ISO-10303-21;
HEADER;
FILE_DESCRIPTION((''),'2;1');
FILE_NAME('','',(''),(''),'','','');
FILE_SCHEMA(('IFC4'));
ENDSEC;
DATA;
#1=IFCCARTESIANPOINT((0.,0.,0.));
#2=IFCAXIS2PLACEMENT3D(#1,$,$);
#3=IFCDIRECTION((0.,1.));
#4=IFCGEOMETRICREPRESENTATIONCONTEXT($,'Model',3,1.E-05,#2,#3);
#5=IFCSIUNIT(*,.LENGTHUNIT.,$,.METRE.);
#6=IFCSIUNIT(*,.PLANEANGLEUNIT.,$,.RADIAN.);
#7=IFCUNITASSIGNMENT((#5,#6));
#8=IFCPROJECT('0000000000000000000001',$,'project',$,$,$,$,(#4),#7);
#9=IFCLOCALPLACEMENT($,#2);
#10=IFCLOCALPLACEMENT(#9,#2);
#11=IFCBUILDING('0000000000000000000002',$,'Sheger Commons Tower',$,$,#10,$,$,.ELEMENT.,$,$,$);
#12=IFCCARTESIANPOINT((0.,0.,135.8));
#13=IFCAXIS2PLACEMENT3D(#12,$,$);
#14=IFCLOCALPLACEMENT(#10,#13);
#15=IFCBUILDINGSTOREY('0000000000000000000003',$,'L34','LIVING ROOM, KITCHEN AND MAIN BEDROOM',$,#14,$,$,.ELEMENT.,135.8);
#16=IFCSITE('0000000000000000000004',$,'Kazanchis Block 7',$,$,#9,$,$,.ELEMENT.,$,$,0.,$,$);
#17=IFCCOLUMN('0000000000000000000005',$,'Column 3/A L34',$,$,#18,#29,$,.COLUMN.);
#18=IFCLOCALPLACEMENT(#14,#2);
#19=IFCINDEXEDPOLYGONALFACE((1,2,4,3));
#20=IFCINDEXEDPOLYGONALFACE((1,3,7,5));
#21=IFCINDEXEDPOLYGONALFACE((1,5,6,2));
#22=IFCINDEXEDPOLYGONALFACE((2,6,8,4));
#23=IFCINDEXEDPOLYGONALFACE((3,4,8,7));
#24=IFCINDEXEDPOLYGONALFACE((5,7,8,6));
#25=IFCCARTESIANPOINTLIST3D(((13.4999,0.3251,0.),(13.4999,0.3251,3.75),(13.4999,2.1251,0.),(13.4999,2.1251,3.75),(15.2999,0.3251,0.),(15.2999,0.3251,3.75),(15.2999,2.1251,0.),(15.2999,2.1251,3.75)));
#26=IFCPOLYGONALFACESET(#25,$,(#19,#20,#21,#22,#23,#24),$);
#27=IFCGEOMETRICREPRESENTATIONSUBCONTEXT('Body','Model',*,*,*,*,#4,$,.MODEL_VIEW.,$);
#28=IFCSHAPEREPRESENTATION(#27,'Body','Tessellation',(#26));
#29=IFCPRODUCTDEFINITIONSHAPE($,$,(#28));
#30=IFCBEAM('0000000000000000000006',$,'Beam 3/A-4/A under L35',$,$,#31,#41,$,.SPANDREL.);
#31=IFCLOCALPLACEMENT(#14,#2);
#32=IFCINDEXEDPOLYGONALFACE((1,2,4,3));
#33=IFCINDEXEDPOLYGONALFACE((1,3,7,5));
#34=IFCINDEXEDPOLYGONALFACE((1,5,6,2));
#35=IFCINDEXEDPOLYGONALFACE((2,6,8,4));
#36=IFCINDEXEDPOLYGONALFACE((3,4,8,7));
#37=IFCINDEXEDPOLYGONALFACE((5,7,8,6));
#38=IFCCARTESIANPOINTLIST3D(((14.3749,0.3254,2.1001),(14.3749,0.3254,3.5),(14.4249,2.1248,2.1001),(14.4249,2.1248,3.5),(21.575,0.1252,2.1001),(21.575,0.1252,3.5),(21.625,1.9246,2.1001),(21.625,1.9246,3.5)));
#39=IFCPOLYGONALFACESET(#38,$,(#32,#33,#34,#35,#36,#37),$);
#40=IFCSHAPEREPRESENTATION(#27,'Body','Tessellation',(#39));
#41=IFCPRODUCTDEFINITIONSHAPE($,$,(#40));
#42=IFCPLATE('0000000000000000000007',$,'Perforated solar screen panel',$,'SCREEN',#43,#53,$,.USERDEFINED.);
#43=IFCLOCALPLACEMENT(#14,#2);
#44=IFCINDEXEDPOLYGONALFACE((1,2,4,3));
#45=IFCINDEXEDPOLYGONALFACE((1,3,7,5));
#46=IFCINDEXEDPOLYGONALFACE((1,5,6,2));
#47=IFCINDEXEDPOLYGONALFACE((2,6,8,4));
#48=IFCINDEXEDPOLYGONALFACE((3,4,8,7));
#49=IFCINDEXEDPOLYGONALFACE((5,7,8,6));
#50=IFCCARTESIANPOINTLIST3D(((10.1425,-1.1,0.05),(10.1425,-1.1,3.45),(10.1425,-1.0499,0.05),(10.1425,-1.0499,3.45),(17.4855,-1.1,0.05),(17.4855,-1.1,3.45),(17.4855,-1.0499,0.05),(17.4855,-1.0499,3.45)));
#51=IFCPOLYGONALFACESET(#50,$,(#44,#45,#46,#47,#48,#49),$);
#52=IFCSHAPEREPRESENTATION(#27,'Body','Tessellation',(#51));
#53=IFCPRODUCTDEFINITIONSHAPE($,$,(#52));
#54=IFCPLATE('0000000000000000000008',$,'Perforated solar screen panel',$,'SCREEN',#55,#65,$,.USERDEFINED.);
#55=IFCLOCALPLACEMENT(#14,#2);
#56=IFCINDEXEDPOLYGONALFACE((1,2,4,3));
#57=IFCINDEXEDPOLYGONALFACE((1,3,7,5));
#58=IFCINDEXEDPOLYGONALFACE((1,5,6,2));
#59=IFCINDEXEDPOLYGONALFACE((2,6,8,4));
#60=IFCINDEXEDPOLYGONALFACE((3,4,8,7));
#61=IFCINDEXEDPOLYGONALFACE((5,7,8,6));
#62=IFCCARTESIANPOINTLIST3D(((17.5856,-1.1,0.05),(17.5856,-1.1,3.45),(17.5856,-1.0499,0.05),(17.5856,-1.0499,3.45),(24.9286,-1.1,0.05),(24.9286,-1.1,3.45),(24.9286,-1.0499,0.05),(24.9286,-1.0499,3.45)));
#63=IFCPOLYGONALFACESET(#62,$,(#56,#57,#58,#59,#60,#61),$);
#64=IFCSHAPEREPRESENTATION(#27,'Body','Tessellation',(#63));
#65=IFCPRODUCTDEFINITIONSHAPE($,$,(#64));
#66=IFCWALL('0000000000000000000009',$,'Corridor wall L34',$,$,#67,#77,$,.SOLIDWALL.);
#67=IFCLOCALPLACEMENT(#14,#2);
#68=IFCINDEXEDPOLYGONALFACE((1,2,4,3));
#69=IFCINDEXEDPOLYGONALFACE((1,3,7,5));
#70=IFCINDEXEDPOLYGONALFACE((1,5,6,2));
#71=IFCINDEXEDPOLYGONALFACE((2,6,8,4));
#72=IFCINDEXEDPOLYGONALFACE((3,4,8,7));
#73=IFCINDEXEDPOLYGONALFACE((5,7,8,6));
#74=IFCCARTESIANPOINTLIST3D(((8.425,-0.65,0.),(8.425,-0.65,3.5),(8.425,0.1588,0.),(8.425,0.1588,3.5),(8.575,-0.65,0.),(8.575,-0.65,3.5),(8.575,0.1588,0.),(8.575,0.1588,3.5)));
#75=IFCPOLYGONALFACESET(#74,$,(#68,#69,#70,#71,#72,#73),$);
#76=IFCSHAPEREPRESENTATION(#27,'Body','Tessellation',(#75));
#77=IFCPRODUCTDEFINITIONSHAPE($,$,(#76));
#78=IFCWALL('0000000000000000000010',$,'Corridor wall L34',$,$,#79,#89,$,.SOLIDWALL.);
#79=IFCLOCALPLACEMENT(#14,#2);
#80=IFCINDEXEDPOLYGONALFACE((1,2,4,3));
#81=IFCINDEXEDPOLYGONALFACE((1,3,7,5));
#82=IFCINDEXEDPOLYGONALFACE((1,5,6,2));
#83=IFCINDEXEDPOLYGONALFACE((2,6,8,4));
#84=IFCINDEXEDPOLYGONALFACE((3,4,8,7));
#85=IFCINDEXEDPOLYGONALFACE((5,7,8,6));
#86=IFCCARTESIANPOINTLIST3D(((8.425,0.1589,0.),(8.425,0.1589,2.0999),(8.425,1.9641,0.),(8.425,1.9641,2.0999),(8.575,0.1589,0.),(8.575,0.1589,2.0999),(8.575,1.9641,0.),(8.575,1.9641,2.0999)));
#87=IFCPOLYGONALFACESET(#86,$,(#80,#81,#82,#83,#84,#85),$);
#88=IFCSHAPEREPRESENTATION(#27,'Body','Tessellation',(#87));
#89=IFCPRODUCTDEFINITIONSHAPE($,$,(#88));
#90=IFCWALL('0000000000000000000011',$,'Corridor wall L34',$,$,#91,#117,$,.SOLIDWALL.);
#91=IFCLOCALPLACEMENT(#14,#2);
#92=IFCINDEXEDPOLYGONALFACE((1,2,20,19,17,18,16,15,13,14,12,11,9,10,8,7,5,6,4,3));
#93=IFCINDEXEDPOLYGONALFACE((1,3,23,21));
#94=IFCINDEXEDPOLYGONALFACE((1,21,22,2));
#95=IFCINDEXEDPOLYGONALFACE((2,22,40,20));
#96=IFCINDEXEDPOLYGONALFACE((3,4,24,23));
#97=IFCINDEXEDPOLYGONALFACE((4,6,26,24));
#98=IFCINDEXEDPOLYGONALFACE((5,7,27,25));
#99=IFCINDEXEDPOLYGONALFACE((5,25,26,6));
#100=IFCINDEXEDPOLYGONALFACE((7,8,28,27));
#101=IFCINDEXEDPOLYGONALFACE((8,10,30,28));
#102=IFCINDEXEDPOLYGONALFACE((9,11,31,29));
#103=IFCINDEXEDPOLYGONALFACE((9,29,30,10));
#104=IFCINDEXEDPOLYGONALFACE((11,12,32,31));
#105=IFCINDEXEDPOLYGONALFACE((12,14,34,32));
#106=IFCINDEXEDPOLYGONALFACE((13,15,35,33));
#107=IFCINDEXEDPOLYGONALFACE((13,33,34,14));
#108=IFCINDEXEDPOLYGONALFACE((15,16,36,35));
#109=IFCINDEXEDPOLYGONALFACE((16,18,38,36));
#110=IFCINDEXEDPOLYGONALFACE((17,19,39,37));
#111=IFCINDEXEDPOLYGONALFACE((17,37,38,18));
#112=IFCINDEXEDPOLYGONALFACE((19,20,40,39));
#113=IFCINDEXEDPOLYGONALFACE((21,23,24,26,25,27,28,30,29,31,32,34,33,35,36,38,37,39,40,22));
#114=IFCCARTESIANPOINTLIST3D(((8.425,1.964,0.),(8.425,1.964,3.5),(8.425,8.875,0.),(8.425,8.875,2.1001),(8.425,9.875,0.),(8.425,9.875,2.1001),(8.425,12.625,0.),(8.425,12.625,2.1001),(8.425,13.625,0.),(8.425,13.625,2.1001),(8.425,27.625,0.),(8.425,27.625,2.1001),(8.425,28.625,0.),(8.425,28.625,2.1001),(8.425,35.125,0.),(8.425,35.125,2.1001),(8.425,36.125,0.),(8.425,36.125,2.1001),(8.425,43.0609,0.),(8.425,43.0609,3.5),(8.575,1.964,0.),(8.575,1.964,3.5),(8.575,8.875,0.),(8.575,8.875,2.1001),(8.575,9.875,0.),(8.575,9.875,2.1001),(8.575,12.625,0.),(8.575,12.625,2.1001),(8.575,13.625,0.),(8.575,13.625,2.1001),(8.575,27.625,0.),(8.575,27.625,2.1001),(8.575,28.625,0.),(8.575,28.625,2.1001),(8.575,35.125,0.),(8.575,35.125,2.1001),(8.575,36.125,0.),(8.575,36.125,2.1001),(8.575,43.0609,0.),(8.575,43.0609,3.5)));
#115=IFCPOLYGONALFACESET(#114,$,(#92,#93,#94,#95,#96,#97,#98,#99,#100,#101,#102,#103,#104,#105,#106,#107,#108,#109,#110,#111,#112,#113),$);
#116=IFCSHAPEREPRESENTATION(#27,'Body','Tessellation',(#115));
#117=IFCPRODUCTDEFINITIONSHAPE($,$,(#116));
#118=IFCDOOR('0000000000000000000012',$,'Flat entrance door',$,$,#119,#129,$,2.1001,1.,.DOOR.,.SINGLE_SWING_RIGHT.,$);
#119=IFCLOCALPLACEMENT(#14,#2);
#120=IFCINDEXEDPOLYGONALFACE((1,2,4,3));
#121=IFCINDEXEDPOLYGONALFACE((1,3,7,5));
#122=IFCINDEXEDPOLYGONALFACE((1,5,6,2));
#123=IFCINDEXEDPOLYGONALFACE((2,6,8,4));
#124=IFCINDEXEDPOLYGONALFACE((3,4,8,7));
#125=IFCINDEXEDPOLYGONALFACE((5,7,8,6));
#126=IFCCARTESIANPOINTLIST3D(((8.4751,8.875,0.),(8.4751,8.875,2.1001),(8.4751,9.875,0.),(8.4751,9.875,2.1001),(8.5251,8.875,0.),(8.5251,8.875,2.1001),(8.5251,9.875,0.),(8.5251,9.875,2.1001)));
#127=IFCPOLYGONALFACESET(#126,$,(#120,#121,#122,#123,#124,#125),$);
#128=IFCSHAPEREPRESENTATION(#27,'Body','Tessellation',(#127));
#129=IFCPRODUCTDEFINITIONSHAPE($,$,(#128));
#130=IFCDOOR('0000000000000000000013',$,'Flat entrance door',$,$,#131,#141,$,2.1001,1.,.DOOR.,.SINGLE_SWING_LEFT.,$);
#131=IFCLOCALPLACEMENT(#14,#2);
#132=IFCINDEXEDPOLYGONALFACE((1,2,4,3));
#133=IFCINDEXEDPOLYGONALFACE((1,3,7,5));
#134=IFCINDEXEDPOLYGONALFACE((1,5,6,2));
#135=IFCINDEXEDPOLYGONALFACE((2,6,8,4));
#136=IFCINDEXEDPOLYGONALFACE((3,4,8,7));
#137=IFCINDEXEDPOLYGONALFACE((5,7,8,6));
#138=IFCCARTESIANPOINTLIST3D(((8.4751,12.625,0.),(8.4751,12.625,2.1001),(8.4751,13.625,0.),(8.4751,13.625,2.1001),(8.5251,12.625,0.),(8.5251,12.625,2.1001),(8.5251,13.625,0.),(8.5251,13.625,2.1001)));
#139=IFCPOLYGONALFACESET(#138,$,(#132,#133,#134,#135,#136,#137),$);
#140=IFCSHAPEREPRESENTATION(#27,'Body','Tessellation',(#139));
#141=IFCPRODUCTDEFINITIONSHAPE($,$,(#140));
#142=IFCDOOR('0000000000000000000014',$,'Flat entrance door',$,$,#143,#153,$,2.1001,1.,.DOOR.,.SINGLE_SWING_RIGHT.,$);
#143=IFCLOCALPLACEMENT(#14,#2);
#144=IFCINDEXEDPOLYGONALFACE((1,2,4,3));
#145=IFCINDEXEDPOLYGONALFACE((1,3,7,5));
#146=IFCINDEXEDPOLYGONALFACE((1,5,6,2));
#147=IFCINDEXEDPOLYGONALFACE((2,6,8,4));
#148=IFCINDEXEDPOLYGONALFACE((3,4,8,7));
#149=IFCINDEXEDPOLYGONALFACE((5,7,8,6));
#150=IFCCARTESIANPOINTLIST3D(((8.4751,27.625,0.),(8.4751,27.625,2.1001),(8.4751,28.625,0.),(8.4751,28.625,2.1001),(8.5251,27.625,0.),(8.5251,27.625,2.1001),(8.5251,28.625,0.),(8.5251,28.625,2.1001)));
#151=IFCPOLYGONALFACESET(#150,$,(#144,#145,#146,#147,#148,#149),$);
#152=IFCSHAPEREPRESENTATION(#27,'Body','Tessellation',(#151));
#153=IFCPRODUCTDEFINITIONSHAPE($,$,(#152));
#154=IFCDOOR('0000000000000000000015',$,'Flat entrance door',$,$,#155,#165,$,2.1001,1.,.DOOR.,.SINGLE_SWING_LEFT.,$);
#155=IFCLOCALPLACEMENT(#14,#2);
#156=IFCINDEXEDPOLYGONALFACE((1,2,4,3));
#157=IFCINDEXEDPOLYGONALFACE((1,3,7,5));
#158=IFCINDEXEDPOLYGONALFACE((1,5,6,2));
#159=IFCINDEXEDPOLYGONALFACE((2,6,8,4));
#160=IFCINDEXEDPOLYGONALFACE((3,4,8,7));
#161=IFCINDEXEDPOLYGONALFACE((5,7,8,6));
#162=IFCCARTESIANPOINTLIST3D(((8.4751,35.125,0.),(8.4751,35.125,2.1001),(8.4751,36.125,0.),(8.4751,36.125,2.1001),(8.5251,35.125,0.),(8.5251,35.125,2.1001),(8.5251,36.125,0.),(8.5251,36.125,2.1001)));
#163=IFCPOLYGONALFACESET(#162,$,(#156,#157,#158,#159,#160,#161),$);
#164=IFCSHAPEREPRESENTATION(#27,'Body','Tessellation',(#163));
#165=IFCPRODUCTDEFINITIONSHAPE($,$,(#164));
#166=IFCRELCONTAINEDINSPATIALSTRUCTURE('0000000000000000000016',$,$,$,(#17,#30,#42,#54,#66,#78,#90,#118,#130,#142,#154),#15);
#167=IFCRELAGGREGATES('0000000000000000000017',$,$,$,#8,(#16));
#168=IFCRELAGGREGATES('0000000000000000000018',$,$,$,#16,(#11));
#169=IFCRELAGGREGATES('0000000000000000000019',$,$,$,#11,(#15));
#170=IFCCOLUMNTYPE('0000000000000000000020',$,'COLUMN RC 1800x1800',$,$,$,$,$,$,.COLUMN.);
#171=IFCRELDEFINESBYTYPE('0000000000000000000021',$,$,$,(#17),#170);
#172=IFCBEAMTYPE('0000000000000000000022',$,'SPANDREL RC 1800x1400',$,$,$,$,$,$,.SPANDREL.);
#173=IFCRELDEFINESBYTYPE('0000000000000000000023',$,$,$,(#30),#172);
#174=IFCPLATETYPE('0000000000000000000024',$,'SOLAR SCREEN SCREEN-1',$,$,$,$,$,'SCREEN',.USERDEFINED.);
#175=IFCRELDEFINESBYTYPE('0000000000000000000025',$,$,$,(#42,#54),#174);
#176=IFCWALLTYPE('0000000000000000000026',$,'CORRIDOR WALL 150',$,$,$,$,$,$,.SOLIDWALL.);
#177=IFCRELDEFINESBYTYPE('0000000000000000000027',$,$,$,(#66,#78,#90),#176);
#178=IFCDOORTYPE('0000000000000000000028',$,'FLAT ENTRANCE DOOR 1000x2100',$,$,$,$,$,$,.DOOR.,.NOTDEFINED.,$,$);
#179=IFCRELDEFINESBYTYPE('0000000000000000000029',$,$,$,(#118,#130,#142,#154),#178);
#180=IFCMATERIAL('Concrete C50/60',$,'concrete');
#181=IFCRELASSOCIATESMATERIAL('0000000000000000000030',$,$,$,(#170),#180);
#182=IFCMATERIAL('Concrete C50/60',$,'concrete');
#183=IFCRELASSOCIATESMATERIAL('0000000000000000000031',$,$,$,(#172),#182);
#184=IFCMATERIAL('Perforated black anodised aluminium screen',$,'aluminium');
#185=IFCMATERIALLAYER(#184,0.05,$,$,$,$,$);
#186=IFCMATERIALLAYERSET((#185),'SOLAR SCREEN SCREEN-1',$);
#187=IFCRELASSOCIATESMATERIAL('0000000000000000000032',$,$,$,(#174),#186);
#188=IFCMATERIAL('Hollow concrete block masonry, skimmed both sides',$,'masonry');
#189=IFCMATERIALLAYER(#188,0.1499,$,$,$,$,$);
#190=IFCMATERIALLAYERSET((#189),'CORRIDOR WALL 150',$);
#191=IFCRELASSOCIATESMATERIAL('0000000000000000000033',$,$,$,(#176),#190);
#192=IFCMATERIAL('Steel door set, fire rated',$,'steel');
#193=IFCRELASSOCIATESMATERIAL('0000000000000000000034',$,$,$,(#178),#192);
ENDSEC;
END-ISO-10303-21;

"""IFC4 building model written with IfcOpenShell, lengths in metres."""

from ifc_helpers import new_model, si_unit, direction, frame, frame_2d, origin, origin_2d, place, context, subcontext, project, spatial, rectangle, extrude, material, layer, layer_set, material_profile, profile_set, type_object, element, fill, save


model = new_model("IFC4")

# Units and contexts
model_context = context("Model", 3, precision=1e-05, world=origin(), true_north=direction((0.0, 1.0)))
body_context = subcontext(model_context, "Body", "Model", "MODEL_VIEW")
ifc_project = project(units=[si_unit("LENGTHUNIT", "METRE"), si_unit("PLANEANGLEUNIT", "RADIAN")], contexts=[model_context])

# Site, building, storey
site_placement = place(None, origin())
site = spatial("IfcSite", under=ifc_project, at=site_placement, Name="Kazanchis Block 7", CompositionType="ELEMENT", RefElevation=0.0)
building_placement = place(site_placement, origin())
building = spatial("IfcBuilding", under=site, at=building_placement, Name="Sheger Commons Tower", CompositionType="ELEMENT")
storey_placement = place(building_placement, frame((0.0, 0.0, 135.8)))
storey = spatial("IfcBuildingStorey", under=building, at=storey_placement, Name="L34", Description="LIVING ROOM, KITCHEN AND MAIN BEDROOM", CompositionType="ELEMENT", Elevation=135.8)

# Column
ifc_material_1 = material(Name="Concrete C50/60", Category="concrete")
ifc_material_profile_1 = material_profile(ifc_material_1, rectangle(XDim=1.8, YDim=1.8, at=origin_2d()), Name="RC 1800x1800")
ifc_profile_set_1 = profile_set([ifc_material_profile_1], Name="Concrete C50/60")
column_type = type_object("IfcColumnType", Name="COLUMN RC 1800x1800", PredefinedType="COLUMN", material=ifc_profile_set_1)
column_placement = place(storey_placement, frame((14.3999, 1.2251, 0.0), z_axis=(0.0, 0.0, 1.0), x_axis=(1.0, 0.0, 0.0)))
element("IfcColumn", 1, at=column_placement, inside=storey, type_object=column_type, Name="Column 3/A L34", PredefinedType="COLUMN", context=body_context, shape_type="SweptSolid", body=[
    extrude(rectangle(XDim=1.8, YDim=1.8, at=origin_2d()), origin(), (0.0, 0.0, 1.0), 3.75),
])

# Beam
ifc_material_2 = material(Name="Concrete C50/60", Category="concrete")
ifc_material_profile_2 = material_profile(ifc_material_2, rectangle(XDim=1.8, YDim=1.3999, at=origin_2d()), Name="RC 1800x1400")
ifc_profile_set_2 = profile_set([ifc_material_profile_2], Name="Concrete C50/60")
beam_type = type_object("IfcBeamType", Name="SPANDREL RC 1800x1400", PredefinedType="SPANDREL", material=ifc_profile_set_2)
beam_placement = place(storey_placement, frame((14.3999, 1.2251, 2.8), z_axis=(0.999614, -0.027793, 0.0), x_axis=(0.027793, 0.999614, 0.0)))
element("IfcBeam", 2, at=beam_placement, inside=storey, type_object=beam_type, Name="Beam 3/A-4/A under L35", PredefinedType="SPANDREL", context=body_context, shape_type="SweptSolid", body=[
    extrude(rectangle(XDim=1.8, YDim=1.3999, at=origin_2d()), origin(), (0.0, 0.0, 1.0), 7.2029),
])

# Plates
ifc_material_3 = material(Name="Perforated black anodised aluminium screen", Category="aluminium")
ifc_layer_1 = layer(ifc_material_3, 0.05)
ifc_layer_set_1 = layer_set([ifc_layer_1], Name="SOLAR SCREEN SCREEN-1")
plate_type = type_object("IfcPlateType", Name="SOLAR SCREEN SCREEN-1", ElementType="SCREEN", PredefinedType="USERDEFINED", material=ifc_layer_set_1)
for number, where, z_axis, x_axis, name in (
    (3, (13.814, -1.075, 0.05), (0.0, 0.0, 1.0), (1.0, 0.0, 0.0), "Perforated solar screen panel"),
    (4, (21.2571, -1.075, 0.05), (0.0, 0.0, 1.0), (1.0, 0.0, 0.0), "Perforated solar screen panel"),
):
    element("IfcPlate", number, at=place(storey_placement, frame(where, z_axis=z_axis, x_axis=x_axis)), inside=storey, type_object=plate_type, Name=name, ObjectType="SCREEN", PredefinedType="USERDEFINED", context=body_context, shape_type="SweptSolid", body=[
        extrude(rectangle(XDim=7.343, YDim=0.05, at=origin_2d()), origin(), (0.0, 0.0, 1.0), 3.3999),
    ])

# Walls
ifc_material_4 = material(Name="Hollow concrete block masonry, skimmed both sides", Category="masonry")
ifc_layer_2 = layer(ifc_material_4, 0.1499)
ifc_layer_set_2 = layer_set([ifc_layer_2], Name="CORRIDOR WALL 150")
wall_type_1 = type_object("IfcWallType", Name="CORRIDOR WALL 150", PredefinedType="SOLIDWALL", material=ifc_layer_set_2)
wall_1_placement = place(storey_placement, frame((8.5, -0.6499, 0.0), z_axis=(0.0, 0.0, 1.0), x_axis=(0.0, 1.0, 0.0)))
element("IfcWall", 5, at=wall_1_placement, inside=storey, type_object=wall_type_1, Name="Corridor wall L34", PredefinedType="SOLIDWALL", context=body_context, shape_type="SweptSolid", body=[
    extrude(rectangle(XDim=0.8088, YDim=0.1499, at=frame_2d((0.4043, 0.0))), origin(), (0.0, 0.0, 1.0), 3.5),
])
wall_2_placement = place(storey_placement, frame((8.5, 0.1589, 0.0), z_axis=(0.0, 0.0, 1.0), x_axis=(0.0, 1.0, 0.0)))
element("IfcWall", 6, at=wall_2_placement, inside=storey, type_object=wall_type_1, Name="Corridor wall L34", PredefinedType="SOLIDWALL", context=body_context, shape_type="SweptSolid", body=[
    extrude(rectangle(XDim=1.8052, YDim=0.1499, at=frame_2d((0.9026, 0.0))), origin(), (0.0, 0.0, 1.0), 2.0999),
])

# Wall, openings, doors
wall_3_placement = place(storey_placement, frame((8.5, 1.9641, 0.0), z_axis=(0.0, 0.0, 1.0), x_axis=(0.0, 1.0, 0.0)))
wall_3 = element("IfcWall", 7, at=wall_3_placement, inside=storey, type_object=wall_type_1, Name="Corridor wall L34", PredefinedType="SOLIDWALL", context=body_context, shape_type="SweptSolid", body=[
    extrude(rectangle(XDim=41.0969, YDim=0.1499, at=frame_2d((20.5483, 0.0))), origin(), (0.0, 0.0, 1.0), 3.5),
])
opening_1_placement = place(wall_3_placement, frame((6.9109, 0.0, 0.0)))
opening_1 = element("IfcOpeningElement", 8, at=opening_1_placement, cuts=wall_3, PredefinedType="OPENING", context=body_context, shape_type="SweptSolid", body=[
    extrude(rectangle(XDim=1.0, YDim=2.1001, at=frame_2d((0.5, 1.05))), frame((0.0, 0.085, 0.0), z_axis=(0.0, -1.0, 0.0), x_axis=(1.0, 0.0, 0.0)), (0.0, 0.0, 1.0), 0.1699),
])
opening_2_placement = place(wall_3_placement, frame((10.6609, 0.0, 0.0)))
opening_2 = element("IfcOpeningElement", 9, at=opening_2_placement, cuts=wall_3, PredefinedType="OPENING", context=body_context, shape_type="SweptSolid", body=[
    extrude(rectangle(XDim=1.0, YDim=2.1001, at=frame_2d((0.5, 1.05))), frame((0.0, 0.085, 0.0), z_axis=(0.0, -1.0, 0.0), x_axis=(1.0, 0.0, 0.0)), (0.0, 0.0, 1.0), 0.1699),
])
opening_3_placement = place(wall_3_placement, frame((25.6609, 0.0, 0.0)))
opening_3 = element("IfcOpeningElement", 10, at=opening_3_placement, cuts=wall_3, PredefinedType="OPENING", context=body_context, shape_type="SweptSolid", body=[
    extrude(rectangle(XDim=1.0, YDim=2.1001, at=frame_2d((0.5, 1.05))), frame((0.0, 0.085, 0.0), z_axis=(0.0, -1.0, 0.0), x_axis=(1.0, 0.0, 0.0)), (0.0, 0.0, 1.0), 0.1699),
])
opening_4_placement = place(wall_3_placement, frame((33.1609, 0.0, 0.0)))
opening_4 = element("IfcOpeningElement", 11, at=opening_4_placement, cuts=wall_3, PredefinedType="OPENING", context=body_context, shape_type="SweptSolid", body=[
    extrude(rectangle(XDim=1.0, YDim=2.1001, at=frame_2d((0.5, 1.05))), frame((0.0, 0.085, 0.0), z_axis=(0.0, -1.0, 0.0), x_axis=(1.0, 0.0, 0.0)), (0.0, 0.0, 1.0), 0.1699),
])
ifc_material_5 = material(Name="Steel door set, fire rated", Category="steel")
door_type = type_object("IfcDoorType", Name="FLAT ENTRANCE DOOR 1000x2100", OperationType="NOTDEFINED", PredefinedType="DOOR", material=ifc_material_5)
door_1_placement = place(opening_1_placement, origin())
door_1 = element("IfcDoor", 12, at=door_1_placement, inside=storey, type_object=door_type, Name="Flat entrance door", OperationType="SINGLE_SWING_RIGHT", OverallHeight=2.1001, OverallWidth=1.0, PredefinedType="DOOR", context=body_context, shape_type="SweptSolid", body=[
    extrude(rectangle(XDim=1.0, YDim=2.1001, at=frame_2d((0.5, 1.05))), frame((0.0, 0.0249, 0.0), z_axis=(0.0, -1.0, 0.0), x_axis=(1.0, 0.0, 0.0)), (0.0, 0.0, 1.0), 0.05),
])
fill(opening_1, door_1)
door_2_placement = place(opening_2_placement, origin())
door_2 = element("IfcDoor", 13, at=door_2_placement, inside=storey, type_object=door_type, Name="Flat entrance door", OperationType="SINGLE_SWING_LEFT", OverallHeight=2.1001, OverallWidth=1.0, PredefinedType="DOOR", context=body_context, shape_type="SweptSolid", body=[
    extrude(rectangle(XDim=1.0, YDim=2.1001, at=frame_2d((0.5, 1.05))), frame((0.0, 0.0249, 0.0), z_axis=(0.0, -1.0, 0.0), x_axis=(1.0, 0.0, 0.0)), (0.0, 0.0, 1.0), 0.05),
])
fill(opening_2, door_2)
door_3_placement = place(opening_3_placement, origin())
door_3 = element("IfcDoor", 14, at=door_3_placement, inside=storey, type_object=door_type, Name="Flat entrance door", OperationType="SINGLE_SWING_RIGHT", OverallHeight=2.1001, OverallWidth=1.0, PredefinedType="DOOR", context=body_context, shape_type="SweptSolid", body=[
    extrude(rectangle(XDim=1.0, YDim=2.1001, at=frame_2d((0.5, 1.05))), frame((0.0, 0.0249, 0.0), z_axis=(0.0, -1.0, 0.0), x_axis=(1.0, 0.0, 0.0)), (0.0, 0.0, 1.0), 0.05),
])
fill(opening_3, door_3)
door_4_placement = place(opening_4_placement, origin())
door_4 = element("IfcDoor", 15, at=door_4_placement, inside=storey, type_object=door_type, Name="Flat entrance door", OperationType="SINGLE_SWING_LEFT", OverallHeight=2.1001, OverallWidth=1.0, PredefinedType="DOOR", context=body_context, shape_type="SweptSolid", body=[
    extrude(rectangle(XDim=1.0, YDim=2.1001, at=frame_2d((0.5, 1.05))), frame((0.0, 0.0249, 0.0), z_axis=(0.0, -1.0, 0.0), x_axis=(1.0, 0.0, 0.0)), (0.0, 0.0, 1.0), 0.05),
])
fill(opening_4, door_4)

save(model, "model.ifc")
